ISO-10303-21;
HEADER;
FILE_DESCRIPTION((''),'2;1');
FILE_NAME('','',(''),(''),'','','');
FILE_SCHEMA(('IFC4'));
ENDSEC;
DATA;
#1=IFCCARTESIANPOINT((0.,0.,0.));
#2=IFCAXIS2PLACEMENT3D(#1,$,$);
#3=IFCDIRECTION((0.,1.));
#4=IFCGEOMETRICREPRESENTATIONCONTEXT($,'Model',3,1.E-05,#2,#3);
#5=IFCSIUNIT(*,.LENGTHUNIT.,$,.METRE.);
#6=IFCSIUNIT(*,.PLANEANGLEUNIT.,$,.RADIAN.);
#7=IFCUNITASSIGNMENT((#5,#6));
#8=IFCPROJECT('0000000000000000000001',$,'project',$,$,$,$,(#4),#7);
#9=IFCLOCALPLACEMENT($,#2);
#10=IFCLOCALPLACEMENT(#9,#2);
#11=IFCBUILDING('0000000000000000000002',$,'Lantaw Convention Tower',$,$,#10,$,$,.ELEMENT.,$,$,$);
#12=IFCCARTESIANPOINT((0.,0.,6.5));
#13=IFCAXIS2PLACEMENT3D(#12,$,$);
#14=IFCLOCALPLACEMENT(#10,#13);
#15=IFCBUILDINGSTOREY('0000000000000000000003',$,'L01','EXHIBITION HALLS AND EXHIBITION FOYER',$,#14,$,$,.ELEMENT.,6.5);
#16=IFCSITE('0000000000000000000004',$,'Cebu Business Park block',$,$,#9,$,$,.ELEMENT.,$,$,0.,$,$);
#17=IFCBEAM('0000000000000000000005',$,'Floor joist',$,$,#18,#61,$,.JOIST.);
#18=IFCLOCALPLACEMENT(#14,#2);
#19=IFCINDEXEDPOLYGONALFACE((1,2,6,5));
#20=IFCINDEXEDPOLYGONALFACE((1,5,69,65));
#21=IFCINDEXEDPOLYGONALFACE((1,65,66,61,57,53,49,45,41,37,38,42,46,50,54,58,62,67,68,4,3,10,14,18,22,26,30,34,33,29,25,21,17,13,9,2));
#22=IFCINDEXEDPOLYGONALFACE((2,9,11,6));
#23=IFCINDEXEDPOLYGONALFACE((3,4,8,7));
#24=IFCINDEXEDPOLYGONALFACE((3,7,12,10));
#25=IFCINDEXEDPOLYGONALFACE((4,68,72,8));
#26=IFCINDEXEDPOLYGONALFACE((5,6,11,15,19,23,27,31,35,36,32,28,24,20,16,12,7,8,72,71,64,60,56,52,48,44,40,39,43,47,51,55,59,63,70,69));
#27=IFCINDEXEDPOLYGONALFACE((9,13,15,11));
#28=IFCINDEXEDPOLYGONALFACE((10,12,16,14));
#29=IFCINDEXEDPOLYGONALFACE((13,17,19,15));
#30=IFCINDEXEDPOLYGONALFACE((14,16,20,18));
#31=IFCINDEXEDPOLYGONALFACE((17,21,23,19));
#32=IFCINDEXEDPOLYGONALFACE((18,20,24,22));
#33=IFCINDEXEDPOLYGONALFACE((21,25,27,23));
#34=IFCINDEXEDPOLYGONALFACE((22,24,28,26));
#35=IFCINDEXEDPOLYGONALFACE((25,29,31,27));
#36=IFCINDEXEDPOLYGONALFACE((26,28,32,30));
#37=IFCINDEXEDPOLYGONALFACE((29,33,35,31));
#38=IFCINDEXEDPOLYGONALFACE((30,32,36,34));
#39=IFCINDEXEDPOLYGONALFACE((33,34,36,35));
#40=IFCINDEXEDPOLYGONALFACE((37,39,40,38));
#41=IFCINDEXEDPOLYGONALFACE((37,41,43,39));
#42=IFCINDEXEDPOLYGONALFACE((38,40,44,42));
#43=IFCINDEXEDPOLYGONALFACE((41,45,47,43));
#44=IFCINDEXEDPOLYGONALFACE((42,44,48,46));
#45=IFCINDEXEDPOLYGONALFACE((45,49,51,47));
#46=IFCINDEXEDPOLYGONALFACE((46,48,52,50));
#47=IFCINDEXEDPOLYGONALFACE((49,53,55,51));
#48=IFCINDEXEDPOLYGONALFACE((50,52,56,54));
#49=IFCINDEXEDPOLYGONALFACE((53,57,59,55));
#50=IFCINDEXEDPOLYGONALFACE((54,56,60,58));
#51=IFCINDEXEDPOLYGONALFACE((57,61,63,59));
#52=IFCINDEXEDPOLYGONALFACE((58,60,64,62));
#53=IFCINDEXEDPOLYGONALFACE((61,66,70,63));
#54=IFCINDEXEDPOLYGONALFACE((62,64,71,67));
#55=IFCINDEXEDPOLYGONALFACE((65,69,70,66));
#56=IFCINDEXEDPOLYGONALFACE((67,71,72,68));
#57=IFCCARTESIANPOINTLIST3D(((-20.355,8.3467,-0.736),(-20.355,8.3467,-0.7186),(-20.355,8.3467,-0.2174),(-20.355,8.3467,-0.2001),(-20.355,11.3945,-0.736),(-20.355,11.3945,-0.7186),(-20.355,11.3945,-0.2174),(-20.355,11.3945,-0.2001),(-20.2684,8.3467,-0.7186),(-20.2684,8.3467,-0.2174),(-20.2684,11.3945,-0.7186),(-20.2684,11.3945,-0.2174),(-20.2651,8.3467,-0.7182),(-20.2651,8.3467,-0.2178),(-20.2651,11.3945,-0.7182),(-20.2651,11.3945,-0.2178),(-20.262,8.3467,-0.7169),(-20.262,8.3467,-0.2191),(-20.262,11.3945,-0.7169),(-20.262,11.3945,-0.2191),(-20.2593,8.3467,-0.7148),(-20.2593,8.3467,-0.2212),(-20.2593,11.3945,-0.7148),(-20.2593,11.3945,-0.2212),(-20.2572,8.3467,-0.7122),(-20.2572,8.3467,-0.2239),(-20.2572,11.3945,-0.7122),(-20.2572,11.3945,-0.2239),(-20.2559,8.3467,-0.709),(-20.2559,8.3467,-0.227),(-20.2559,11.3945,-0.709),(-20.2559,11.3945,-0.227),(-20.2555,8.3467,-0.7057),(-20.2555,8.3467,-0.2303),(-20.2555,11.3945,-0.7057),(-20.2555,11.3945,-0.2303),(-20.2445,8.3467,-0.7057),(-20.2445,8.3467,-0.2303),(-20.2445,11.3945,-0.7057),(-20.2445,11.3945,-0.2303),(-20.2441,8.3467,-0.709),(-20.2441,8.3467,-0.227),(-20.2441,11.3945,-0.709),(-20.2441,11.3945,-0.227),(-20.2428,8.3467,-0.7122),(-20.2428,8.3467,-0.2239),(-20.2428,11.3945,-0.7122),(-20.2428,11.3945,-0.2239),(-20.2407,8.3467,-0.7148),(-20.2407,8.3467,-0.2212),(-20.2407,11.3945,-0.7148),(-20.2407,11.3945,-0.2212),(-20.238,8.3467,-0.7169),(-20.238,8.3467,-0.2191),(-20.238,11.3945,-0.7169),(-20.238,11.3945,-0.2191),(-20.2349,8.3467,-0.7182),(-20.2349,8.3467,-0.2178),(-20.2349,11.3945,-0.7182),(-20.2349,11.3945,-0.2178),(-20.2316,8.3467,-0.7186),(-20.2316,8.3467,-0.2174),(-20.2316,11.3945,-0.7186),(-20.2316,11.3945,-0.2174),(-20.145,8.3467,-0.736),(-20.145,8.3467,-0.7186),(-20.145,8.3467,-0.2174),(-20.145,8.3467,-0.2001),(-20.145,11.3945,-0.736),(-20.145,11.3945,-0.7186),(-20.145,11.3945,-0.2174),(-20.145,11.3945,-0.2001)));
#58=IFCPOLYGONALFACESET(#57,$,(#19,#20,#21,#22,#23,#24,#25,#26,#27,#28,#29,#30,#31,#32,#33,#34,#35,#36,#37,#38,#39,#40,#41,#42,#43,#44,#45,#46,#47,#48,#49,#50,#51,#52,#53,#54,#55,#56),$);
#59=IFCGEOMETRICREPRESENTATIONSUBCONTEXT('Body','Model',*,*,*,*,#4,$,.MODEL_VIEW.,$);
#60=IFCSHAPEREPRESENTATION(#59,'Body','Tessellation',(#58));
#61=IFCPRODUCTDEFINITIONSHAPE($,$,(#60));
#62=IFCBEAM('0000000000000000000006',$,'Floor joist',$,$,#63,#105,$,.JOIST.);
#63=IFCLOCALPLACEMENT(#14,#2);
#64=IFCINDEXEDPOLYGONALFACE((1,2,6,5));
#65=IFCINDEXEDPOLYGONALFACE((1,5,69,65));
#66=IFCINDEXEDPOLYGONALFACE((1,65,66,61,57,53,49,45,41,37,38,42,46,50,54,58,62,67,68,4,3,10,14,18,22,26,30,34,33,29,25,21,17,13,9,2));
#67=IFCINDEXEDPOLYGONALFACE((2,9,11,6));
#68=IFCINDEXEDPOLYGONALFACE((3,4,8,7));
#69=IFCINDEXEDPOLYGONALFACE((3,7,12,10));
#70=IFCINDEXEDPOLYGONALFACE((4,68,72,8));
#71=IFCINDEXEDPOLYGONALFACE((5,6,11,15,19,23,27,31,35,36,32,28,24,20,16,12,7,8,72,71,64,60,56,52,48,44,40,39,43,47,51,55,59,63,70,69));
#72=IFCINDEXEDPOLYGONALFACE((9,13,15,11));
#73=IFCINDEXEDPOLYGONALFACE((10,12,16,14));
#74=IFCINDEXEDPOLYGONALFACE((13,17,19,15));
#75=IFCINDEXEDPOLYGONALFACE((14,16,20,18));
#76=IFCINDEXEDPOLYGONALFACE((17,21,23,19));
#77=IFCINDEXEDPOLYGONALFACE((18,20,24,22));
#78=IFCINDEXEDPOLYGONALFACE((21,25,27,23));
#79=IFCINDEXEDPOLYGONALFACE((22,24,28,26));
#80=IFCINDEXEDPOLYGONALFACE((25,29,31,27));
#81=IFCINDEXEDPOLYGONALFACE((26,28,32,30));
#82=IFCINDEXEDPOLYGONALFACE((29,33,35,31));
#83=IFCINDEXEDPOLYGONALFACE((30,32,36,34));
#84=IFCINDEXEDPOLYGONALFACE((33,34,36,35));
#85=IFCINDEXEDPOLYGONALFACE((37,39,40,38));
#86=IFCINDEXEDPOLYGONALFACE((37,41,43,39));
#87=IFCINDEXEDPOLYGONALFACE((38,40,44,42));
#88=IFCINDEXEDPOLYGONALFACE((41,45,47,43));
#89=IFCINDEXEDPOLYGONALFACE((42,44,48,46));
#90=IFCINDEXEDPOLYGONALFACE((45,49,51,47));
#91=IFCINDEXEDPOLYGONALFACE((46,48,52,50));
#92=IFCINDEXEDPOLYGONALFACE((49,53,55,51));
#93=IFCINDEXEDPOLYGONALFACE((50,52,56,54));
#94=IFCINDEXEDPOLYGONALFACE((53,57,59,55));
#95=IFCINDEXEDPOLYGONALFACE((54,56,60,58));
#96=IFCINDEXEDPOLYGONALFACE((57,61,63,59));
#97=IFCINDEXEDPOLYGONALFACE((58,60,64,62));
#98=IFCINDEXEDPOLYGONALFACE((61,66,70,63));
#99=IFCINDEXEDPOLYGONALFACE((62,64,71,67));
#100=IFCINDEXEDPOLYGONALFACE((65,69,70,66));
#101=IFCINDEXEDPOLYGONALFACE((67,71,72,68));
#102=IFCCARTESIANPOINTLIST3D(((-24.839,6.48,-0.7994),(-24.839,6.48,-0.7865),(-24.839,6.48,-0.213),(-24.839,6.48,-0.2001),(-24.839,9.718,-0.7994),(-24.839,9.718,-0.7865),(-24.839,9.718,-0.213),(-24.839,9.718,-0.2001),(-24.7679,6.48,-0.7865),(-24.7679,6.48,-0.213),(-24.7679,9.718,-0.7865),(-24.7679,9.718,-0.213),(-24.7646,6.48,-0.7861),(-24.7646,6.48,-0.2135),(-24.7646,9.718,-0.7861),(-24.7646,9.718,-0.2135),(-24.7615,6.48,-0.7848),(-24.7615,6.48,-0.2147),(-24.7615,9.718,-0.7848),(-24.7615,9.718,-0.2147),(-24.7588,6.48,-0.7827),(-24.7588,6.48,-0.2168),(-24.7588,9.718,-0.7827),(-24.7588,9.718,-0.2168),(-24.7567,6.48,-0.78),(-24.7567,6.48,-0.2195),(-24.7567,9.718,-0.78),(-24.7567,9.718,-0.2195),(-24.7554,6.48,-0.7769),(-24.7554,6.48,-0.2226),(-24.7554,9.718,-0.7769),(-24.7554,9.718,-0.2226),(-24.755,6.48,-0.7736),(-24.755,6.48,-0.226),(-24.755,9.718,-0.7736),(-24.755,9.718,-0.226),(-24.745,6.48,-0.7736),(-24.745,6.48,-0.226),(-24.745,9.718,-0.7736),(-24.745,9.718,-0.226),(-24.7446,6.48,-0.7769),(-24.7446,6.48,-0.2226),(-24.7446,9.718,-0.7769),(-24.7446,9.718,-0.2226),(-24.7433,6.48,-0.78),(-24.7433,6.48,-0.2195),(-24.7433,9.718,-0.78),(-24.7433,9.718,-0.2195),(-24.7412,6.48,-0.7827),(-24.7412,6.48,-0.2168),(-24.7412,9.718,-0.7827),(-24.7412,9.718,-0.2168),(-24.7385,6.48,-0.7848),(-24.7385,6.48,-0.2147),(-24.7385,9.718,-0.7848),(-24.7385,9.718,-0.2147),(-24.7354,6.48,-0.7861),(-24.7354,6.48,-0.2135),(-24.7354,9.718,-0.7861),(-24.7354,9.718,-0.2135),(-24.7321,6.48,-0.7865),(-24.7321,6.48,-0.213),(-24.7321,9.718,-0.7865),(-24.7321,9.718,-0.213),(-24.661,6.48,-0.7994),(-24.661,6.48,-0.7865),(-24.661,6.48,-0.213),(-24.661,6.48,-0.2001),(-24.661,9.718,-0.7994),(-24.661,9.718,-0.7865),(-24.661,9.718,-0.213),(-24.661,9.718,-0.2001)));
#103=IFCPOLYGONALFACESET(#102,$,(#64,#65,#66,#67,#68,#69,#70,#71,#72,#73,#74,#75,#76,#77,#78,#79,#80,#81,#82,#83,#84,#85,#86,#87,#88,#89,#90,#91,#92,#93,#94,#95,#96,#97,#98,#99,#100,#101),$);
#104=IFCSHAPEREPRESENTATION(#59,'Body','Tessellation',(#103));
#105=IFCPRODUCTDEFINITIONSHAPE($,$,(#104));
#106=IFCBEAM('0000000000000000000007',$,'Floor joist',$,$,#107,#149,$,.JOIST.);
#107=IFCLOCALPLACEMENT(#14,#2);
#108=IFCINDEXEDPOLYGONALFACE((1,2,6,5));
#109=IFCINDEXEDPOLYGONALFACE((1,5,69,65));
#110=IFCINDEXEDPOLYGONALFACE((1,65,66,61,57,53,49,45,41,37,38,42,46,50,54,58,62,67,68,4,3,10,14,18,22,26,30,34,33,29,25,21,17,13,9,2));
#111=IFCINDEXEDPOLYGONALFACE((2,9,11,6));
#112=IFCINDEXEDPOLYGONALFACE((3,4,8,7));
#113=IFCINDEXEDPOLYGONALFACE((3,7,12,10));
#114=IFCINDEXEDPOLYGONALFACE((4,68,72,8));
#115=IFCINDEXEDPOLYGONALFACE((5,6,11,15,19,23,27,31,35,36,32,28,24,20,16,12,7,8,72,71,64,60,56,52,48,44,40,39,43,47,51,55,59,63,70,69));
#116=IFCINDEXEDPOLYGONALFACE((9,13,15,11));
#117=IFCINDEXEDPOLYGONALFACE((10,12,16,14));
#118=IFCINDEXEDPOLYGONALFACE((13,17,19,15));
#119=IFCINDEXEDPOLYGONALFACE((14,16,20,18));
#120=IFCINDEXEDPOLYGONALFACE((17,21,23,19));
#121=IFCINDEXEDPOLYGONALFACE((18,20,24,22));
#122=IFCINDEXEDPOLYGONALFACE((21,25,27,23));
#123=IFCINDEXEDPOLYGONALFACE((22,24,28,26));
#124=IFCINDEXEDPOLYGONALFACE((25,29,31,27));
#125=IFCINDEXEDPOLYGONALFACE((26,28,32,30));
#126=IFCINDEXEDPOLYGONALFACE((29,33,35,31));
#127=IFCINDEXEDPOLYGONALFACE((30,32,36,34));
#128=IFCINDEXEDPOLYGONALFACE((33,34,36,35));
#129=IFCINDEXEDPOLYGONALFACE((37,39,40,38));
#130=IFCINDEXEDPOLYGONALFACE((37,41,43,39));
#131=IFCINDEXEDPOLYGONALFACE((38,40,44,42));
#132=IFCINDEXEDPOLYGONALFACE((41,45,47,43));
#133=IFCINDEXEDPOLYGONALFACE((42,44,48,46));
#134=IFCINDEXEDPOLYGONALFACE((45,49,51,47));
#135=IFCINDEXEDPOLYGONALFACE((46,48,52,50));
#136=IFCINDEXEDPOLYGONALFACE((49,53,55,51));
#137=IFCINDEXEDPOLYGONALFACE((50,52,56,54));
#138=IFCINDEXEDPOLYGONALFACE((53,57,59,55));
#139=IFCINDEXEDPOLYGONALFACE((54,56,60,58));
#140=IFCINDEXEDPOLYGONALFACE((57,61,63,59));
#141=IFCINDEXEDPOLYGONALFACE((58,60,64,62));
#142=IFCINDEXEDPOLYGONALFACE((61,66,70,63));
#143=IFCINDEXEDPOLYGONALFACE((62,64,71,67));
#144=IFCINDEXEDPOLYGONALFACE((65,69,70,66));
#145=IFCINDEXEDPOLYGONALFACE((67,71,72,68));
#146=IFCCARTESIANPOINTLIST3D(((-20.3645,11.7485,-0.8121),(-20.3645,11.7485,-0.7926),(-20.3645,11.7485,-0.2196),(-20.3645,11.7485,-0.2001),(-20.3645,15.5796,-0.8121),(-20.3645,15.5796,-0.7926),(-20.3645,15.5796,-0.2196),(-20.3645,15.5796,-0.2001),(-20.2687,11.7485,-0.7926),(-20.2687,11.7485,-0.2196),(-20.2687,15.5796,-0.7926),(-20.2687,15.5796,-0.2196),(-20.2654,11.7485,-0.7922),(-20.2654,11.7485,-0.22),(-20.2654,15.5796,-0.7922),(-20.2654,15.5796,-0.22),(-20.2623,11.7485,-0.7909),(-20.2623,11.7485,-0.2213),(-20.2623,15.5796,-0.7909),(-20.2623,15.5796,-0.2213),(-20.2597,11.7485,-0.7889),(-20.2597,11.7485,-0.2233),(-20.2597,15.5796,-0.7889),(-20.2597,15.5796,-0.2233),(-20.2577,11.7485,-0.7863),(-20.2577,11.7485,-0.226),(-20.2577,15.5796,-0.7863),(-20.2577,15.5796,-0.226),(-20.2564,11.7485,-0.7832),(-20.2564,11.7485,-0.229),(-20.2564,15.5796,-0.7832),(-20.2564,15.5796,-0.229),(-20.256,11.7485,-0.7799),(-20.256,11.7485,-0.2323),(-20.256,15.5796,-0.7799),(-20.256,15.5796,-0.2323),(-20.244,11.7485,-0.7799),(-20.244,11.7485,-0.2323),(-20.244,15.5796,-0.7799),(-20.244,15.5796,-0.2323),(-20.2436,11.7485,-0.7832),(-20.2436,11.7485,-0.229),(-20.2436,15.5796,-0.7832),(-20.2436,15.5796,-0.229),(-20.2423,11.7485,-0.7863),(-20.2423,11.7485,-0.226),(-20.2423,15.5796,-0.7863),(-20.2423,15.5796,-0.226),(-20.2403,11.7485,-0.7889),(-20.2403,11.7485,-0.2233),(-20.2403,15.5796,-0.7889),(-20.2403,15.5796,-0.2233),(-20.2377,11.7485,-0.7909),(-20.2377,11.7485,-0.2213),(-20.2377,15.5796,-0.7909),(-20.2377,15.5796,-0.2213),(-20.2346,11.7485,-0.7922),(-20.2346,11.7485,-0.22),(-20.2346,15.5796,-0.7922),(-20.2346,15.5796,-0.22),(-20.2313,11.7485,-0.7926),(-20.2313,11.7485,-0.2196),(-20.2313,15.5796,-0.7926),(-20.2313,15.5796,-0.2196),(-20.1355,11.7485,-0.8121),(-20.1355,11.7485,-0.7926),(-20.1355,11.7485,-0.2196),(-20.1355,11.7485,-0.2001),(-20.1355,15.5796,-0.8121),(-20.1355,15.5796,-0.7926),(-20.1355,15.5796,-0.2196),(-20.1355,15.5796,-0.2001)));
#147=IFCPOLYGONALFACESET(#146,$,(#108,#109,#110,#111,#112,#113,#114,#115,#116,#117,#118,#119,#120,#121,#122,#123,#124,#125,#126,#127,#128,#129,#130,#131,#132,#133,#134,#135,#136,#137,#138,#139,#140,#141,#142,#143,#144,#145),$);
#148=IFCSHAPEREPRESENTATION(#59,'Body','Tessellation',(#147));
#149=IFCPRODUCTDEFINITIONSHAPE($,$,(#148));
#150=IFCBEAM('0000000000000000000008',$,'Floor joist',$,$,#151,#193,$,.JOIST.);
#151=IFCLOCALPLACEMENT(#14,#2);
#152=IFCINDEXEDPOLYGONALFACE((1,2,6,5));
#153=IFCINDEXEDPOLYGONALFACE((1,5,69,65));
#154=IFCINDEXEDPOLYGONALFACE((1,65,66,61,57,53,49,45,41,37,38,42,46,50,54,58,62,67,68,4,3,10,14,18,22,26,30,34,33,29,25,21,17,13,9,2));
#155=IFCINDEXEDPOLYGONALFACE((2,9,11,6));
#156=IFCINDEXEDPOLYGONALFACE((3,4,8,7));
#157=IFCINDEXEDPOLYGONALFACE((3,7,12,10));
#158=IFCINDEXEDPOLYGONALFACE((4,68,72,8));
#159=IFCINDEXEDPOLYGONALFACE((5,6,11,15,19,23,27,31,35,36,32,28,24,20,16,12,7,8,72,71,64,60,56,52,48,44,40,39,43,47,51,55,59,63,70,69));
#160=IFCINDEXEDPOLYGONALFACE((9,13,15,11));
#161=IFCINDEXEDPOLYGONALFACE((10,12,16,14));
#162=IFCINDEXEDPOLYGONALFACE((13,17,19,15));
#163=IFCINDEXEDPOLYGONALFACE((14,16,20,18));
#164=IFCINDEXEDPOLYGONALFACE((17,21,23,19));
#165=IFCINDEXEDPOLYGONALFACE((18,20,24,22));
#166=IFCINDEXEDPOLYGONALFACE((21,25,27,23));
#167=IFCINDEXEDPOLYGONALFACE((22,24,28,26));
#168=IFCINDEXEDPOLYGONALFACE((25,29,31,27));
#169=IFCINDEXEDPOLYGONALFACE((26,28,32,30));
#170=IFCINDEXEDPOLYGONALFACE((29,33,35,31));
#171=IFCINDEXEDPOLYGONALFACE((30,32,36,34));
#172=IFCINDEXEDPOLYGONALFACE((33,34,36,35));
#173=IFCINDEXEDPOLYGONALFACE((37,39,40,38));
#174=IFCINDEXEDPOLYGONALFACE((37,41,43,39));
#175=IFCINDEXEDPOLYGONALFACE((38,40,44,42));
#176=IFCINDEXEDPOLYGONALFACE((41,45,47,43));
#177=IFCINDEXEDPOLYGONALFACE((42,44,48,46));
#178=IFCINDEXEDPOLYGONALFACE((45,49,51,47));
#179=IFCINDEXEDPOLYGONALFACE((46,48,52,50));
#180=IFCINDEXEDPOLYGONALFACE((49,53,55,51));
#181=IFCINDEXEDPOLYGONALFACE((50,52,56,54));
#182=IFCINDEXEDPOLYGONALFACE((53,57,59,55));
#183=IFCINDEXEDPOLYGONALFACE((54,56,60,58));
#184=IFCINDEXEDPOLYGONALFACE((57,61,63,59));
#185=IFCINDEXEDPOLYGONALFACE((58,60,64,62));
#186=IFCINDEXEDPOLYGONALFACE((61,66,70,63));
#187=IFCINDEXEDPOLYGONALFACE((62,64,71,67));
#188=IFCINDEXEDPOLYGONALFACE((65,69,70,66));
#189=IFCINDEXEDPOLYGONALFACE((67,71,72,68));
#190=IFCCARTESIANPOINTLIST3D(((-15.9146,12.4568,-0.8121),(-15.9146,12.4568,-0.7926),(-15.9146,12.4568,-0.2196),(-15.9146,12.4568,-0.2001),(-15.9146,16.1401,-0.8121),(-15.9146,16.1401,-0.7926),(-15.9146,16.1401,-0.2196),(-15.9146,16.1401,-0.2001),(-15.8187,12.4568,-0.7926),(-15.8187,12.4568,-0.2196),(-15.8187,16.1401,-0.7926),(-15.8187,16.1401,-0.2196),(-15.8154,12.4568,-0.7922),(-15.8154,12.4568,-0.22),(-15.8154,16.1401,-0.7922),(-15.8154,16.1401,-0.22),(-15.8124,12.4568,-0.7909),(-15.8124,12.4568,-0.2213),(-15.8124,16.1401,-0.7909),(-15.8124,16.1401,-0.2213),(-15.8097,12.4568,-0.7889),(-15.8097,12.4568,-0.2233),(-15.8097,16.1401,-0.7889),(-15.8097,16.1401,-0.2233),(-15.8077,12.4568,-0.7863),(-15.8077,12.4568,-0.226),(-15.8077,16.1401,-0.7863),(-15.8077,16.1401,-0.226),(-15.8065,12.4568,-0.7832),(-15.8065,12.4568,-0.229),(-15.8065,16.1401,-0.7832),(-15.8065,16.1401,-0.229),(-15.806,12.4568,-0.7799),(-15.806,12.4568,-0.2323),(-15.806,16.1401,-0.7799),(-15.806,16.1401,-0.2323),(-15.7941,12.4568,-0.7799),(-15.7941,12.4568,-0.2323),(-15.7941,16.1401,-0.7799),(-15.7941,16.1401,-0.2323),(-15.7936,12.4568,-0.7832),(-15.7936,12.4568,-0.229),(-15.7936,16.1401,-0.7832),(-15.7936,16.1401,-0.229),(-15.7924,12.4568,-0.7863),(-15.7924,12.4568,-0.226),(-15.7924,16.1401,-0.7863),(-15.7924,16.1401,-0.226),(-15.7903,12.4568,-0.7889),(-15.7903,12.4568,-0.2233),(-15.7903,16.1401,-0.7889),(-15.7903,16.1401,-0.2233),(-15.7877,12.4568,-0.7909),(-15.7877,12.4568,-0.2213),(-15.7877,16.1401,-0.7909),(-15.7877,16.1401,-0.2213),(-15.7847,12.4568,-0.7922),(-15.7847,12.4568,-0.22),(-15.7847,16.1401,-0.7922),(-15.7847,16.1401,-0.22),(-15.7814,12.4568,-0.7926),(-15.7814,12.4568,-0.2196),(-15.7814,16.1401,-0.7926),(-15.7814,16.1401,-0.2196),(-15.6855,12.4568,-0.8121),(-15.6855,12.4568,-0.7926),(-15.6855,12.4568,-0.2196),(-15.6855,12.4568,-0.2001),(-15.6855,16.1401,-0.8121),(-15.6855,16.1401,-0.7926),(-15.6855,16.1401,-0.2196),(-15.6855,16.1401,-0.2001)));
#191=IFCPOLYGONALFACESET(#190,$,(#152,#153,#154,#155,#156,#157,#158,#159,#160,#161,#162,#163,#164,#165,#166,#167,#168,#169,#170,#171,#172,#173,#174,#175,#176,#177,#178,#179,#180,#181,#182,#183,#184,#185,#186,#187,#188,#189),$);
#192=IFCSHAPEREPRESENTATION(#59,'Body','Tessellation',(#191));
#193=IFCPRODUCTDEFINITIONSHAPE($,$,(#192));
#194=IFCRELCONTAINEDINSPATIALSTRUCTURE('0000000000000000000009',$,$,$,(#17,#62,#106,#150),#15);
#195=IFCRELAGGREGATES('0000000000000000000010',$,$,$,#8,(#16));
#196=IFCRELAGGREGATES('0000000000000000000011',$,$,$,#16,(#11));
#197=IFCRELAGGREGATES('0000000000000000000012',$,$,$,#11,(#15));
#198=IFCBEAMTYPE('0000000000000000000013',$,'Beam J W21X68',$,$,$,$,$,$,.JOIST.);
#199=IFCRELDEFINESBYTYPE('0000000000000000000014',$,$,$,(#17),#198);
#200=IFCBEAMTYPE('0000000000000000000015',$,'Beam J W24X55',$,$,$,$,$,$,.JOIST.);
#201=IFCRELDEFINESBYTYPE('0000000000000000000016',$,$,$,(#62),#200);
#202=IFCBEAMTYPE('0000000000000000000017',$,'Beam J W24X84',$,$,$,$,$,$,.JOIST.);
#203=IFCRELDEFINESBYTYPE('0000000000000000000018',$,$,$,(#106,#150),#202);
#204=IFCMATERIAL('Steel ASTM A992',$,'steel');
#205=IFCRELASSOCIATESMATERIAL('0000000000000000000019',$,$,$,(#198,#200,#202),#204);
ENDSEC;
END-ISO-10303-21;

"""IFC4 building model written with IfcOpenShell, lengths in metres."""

from ifc_helpers import new_model, si_unit, direction, frame, origin, origin_2d, place, context, subcontext, project, spatial, i_section, extrude, material, material_profile, profile_set, type_object, element, save


model = new_model("IFC4")

# Units and contexts
model_context = context("Model", 3, precision=1e-05, world=origin(), true_north=direction((0.0, 1.0)))
body_context = subcontext(model_context, "Body", "Model", "MODEL_VIEW")
ifc_project = project(units=[si_unit("LENGTHUNIT", "METRE"), si_unit("PLANEANGLEUNIT", "RADIAN")], contexts=[model_context])

# Site, building, storey
site_placement = place(None, origin())
site = spatial("IfcSite", under=ifc_project, at=site_placement, Name="Cebu Business Park block", CompositionType="ELEMENT", RefElevation=0.0)
building_placement = place(site_placement, origin())
building = spatial("IfcBuilding", under=site, at=building_placement, Name="Lantaw Convention Tower", CompositionType="ELEMENT")
storey_placement = place(building_placement, frame((0.0, 0.0, 6.5)))
storey = spatial("IfcBuildingStorey", under=building, at=storey_placement, Name="L01", Description="EXHIBITION HALLS AND EXHIBITION FOYER", CompositionType="ELEMENT", Elevation=6.5)

# Beams
ifc_material_1 = material(Name="Steel ASTM A992", Category="steel")
ifc_material_profile_1 = material_profile(ifc_material_1, i_section(OverallWidth=0.21, OverallDepth=0.5359, WebThickness=0.011, FlangeThickness=0.0173, FilletRadius=0.0129, at=origin_2d()), Name="W21X68")
ifc_profile_set_1 = profile_set([ifc_material_profile_1], Name="Steel ASTM A992")
beam_type_1 = type_object("IfcBeamType", Name="Beam J W21X68", PredefinedType="JOIST", material=ifc_profile_set_1)
beam_1_placement = place(storey_placement, frame((-20.25, 8.3467, -0.468), z_axis=(0.0, 1.0, 0.0), x_axis=(-1.0, 0.0, 0.0)))
element("IfcBeam", 1, at=beam_1_placement, inside=storey, type_object=beam_type_1, Name="Floor joist", PredefinedType="JOIST", context=body_context, shape_type="SweptSolid", body=[
    extrude(i_section(OverallWidth=0.21, OverallDepth=0.5359, WebThickness=0.011, FlangeThickness=0.0173, FilletRadius=0.0129, at=origin_2d()), origin(), (0.0, 0.0, 1.0), 3.0479),
])
ifc_material_profile_2 = material_profile(ifc_material_1, i_section(OverallWidth=0.178, OverallDepth=0.5994, WebThickness=0.01, FlangeThickness=0.0129, FilletRadius=0.0129, at=origin_2d()), Name="W24X55")
ifc_profile_set_2 = profile_set([ifc_material_profile_2], Name="Steel ASTM A992")
beam_type_2 = type_object("IfcBeamType", Name="Beam J W24X55", PredefinedType="JOIST", material=ifc_profile_set_2)
beam_2_placement = place(storey_placement, frame((-24.75, 6.48, -0.4998), z_axis=(0.0, 1.0, 0.0), x_axis=(-1.0, 0.0, 0.0)))
element("IfcBeam", 2, at=beam_2_placement, inside=storey, type_object=beam_type_2, Name="Floor joist", PredefinedType="JOIST", context=body_context, shape_type="SweptSolid", body=[
    extrude(i_section(OverallWidth=0.178, OverallDepth=0.5994, WebThickness=0.01, FlangeThickness=0.0129, FilletRadius=0.0129, at=origin_2d()), origin(), (0.0, 0.0, 1.0), 3.238),
])
ifc_material_profile_3 = material_profile(ifc_material_1, i_section(OverallWidth=0.229, OverallDepth=0.6121, WebThickness=0.012, FlangeThickness=0.0195, FilletRadius=0.0127, at=origin_2d()), Name="W24X84")
ifc_profile_set_3 = profile_set([ifc_material_profile_3], Name="Steel ASTM A992")
beam_type_3 = type_object("IfcBeamType", Name="Beam J W24X84", PredefinedType="JOIST", material=ifc_profile_set_3)
beam_3_placement = place(storey_placement, frame((-20.25, 11.7485, -0.5061), z_axis=(0.0, 1.0, 0.0), x_axis=(-1.0, 0.0, 0.0)))
element("IfcBeam", 3, at=beam_3_placement, inside=storey, type_object=beam_type_3, Name="Floor joist", PredefinedType="JOIST", context=body_context, shape_type="SweptSolid", body=[
    extrude(i_section(OverallWidth=0.229, OverallDepth=0.6121, WebThickness=0.012, FlangeThickness=0.0195, FilletRadius=0.0127, at=origin_2d()), origin(), (0.0, 0.0, 1.0), 3.8311),
])
beam_4_placement = place(storey_placement, frame((-15.8, 12.4568, -0.5061), z_axis=(0.0, 1.0, 0.0), x_axis=(-1.0, 0.0, 0.0)))
element("IfcBeam", 4, at=beam_4_placement, inside=storey, type_object=beam_type_3, Name="Floor joist", PredefinedType="JOIST", context=body_context, shape_type="SweptSolid", body=[
    extrude(i_section(OverallWidth=0.229, OverallDepth=0.6121, WebThickness=0.012, FlangeThickness=0.0195, FilletRadius=0.0127, at=origin_2d()), origin(), (0.0, 0.0, 1.0), 3.6833),
])

save(model, "model.ifc")
